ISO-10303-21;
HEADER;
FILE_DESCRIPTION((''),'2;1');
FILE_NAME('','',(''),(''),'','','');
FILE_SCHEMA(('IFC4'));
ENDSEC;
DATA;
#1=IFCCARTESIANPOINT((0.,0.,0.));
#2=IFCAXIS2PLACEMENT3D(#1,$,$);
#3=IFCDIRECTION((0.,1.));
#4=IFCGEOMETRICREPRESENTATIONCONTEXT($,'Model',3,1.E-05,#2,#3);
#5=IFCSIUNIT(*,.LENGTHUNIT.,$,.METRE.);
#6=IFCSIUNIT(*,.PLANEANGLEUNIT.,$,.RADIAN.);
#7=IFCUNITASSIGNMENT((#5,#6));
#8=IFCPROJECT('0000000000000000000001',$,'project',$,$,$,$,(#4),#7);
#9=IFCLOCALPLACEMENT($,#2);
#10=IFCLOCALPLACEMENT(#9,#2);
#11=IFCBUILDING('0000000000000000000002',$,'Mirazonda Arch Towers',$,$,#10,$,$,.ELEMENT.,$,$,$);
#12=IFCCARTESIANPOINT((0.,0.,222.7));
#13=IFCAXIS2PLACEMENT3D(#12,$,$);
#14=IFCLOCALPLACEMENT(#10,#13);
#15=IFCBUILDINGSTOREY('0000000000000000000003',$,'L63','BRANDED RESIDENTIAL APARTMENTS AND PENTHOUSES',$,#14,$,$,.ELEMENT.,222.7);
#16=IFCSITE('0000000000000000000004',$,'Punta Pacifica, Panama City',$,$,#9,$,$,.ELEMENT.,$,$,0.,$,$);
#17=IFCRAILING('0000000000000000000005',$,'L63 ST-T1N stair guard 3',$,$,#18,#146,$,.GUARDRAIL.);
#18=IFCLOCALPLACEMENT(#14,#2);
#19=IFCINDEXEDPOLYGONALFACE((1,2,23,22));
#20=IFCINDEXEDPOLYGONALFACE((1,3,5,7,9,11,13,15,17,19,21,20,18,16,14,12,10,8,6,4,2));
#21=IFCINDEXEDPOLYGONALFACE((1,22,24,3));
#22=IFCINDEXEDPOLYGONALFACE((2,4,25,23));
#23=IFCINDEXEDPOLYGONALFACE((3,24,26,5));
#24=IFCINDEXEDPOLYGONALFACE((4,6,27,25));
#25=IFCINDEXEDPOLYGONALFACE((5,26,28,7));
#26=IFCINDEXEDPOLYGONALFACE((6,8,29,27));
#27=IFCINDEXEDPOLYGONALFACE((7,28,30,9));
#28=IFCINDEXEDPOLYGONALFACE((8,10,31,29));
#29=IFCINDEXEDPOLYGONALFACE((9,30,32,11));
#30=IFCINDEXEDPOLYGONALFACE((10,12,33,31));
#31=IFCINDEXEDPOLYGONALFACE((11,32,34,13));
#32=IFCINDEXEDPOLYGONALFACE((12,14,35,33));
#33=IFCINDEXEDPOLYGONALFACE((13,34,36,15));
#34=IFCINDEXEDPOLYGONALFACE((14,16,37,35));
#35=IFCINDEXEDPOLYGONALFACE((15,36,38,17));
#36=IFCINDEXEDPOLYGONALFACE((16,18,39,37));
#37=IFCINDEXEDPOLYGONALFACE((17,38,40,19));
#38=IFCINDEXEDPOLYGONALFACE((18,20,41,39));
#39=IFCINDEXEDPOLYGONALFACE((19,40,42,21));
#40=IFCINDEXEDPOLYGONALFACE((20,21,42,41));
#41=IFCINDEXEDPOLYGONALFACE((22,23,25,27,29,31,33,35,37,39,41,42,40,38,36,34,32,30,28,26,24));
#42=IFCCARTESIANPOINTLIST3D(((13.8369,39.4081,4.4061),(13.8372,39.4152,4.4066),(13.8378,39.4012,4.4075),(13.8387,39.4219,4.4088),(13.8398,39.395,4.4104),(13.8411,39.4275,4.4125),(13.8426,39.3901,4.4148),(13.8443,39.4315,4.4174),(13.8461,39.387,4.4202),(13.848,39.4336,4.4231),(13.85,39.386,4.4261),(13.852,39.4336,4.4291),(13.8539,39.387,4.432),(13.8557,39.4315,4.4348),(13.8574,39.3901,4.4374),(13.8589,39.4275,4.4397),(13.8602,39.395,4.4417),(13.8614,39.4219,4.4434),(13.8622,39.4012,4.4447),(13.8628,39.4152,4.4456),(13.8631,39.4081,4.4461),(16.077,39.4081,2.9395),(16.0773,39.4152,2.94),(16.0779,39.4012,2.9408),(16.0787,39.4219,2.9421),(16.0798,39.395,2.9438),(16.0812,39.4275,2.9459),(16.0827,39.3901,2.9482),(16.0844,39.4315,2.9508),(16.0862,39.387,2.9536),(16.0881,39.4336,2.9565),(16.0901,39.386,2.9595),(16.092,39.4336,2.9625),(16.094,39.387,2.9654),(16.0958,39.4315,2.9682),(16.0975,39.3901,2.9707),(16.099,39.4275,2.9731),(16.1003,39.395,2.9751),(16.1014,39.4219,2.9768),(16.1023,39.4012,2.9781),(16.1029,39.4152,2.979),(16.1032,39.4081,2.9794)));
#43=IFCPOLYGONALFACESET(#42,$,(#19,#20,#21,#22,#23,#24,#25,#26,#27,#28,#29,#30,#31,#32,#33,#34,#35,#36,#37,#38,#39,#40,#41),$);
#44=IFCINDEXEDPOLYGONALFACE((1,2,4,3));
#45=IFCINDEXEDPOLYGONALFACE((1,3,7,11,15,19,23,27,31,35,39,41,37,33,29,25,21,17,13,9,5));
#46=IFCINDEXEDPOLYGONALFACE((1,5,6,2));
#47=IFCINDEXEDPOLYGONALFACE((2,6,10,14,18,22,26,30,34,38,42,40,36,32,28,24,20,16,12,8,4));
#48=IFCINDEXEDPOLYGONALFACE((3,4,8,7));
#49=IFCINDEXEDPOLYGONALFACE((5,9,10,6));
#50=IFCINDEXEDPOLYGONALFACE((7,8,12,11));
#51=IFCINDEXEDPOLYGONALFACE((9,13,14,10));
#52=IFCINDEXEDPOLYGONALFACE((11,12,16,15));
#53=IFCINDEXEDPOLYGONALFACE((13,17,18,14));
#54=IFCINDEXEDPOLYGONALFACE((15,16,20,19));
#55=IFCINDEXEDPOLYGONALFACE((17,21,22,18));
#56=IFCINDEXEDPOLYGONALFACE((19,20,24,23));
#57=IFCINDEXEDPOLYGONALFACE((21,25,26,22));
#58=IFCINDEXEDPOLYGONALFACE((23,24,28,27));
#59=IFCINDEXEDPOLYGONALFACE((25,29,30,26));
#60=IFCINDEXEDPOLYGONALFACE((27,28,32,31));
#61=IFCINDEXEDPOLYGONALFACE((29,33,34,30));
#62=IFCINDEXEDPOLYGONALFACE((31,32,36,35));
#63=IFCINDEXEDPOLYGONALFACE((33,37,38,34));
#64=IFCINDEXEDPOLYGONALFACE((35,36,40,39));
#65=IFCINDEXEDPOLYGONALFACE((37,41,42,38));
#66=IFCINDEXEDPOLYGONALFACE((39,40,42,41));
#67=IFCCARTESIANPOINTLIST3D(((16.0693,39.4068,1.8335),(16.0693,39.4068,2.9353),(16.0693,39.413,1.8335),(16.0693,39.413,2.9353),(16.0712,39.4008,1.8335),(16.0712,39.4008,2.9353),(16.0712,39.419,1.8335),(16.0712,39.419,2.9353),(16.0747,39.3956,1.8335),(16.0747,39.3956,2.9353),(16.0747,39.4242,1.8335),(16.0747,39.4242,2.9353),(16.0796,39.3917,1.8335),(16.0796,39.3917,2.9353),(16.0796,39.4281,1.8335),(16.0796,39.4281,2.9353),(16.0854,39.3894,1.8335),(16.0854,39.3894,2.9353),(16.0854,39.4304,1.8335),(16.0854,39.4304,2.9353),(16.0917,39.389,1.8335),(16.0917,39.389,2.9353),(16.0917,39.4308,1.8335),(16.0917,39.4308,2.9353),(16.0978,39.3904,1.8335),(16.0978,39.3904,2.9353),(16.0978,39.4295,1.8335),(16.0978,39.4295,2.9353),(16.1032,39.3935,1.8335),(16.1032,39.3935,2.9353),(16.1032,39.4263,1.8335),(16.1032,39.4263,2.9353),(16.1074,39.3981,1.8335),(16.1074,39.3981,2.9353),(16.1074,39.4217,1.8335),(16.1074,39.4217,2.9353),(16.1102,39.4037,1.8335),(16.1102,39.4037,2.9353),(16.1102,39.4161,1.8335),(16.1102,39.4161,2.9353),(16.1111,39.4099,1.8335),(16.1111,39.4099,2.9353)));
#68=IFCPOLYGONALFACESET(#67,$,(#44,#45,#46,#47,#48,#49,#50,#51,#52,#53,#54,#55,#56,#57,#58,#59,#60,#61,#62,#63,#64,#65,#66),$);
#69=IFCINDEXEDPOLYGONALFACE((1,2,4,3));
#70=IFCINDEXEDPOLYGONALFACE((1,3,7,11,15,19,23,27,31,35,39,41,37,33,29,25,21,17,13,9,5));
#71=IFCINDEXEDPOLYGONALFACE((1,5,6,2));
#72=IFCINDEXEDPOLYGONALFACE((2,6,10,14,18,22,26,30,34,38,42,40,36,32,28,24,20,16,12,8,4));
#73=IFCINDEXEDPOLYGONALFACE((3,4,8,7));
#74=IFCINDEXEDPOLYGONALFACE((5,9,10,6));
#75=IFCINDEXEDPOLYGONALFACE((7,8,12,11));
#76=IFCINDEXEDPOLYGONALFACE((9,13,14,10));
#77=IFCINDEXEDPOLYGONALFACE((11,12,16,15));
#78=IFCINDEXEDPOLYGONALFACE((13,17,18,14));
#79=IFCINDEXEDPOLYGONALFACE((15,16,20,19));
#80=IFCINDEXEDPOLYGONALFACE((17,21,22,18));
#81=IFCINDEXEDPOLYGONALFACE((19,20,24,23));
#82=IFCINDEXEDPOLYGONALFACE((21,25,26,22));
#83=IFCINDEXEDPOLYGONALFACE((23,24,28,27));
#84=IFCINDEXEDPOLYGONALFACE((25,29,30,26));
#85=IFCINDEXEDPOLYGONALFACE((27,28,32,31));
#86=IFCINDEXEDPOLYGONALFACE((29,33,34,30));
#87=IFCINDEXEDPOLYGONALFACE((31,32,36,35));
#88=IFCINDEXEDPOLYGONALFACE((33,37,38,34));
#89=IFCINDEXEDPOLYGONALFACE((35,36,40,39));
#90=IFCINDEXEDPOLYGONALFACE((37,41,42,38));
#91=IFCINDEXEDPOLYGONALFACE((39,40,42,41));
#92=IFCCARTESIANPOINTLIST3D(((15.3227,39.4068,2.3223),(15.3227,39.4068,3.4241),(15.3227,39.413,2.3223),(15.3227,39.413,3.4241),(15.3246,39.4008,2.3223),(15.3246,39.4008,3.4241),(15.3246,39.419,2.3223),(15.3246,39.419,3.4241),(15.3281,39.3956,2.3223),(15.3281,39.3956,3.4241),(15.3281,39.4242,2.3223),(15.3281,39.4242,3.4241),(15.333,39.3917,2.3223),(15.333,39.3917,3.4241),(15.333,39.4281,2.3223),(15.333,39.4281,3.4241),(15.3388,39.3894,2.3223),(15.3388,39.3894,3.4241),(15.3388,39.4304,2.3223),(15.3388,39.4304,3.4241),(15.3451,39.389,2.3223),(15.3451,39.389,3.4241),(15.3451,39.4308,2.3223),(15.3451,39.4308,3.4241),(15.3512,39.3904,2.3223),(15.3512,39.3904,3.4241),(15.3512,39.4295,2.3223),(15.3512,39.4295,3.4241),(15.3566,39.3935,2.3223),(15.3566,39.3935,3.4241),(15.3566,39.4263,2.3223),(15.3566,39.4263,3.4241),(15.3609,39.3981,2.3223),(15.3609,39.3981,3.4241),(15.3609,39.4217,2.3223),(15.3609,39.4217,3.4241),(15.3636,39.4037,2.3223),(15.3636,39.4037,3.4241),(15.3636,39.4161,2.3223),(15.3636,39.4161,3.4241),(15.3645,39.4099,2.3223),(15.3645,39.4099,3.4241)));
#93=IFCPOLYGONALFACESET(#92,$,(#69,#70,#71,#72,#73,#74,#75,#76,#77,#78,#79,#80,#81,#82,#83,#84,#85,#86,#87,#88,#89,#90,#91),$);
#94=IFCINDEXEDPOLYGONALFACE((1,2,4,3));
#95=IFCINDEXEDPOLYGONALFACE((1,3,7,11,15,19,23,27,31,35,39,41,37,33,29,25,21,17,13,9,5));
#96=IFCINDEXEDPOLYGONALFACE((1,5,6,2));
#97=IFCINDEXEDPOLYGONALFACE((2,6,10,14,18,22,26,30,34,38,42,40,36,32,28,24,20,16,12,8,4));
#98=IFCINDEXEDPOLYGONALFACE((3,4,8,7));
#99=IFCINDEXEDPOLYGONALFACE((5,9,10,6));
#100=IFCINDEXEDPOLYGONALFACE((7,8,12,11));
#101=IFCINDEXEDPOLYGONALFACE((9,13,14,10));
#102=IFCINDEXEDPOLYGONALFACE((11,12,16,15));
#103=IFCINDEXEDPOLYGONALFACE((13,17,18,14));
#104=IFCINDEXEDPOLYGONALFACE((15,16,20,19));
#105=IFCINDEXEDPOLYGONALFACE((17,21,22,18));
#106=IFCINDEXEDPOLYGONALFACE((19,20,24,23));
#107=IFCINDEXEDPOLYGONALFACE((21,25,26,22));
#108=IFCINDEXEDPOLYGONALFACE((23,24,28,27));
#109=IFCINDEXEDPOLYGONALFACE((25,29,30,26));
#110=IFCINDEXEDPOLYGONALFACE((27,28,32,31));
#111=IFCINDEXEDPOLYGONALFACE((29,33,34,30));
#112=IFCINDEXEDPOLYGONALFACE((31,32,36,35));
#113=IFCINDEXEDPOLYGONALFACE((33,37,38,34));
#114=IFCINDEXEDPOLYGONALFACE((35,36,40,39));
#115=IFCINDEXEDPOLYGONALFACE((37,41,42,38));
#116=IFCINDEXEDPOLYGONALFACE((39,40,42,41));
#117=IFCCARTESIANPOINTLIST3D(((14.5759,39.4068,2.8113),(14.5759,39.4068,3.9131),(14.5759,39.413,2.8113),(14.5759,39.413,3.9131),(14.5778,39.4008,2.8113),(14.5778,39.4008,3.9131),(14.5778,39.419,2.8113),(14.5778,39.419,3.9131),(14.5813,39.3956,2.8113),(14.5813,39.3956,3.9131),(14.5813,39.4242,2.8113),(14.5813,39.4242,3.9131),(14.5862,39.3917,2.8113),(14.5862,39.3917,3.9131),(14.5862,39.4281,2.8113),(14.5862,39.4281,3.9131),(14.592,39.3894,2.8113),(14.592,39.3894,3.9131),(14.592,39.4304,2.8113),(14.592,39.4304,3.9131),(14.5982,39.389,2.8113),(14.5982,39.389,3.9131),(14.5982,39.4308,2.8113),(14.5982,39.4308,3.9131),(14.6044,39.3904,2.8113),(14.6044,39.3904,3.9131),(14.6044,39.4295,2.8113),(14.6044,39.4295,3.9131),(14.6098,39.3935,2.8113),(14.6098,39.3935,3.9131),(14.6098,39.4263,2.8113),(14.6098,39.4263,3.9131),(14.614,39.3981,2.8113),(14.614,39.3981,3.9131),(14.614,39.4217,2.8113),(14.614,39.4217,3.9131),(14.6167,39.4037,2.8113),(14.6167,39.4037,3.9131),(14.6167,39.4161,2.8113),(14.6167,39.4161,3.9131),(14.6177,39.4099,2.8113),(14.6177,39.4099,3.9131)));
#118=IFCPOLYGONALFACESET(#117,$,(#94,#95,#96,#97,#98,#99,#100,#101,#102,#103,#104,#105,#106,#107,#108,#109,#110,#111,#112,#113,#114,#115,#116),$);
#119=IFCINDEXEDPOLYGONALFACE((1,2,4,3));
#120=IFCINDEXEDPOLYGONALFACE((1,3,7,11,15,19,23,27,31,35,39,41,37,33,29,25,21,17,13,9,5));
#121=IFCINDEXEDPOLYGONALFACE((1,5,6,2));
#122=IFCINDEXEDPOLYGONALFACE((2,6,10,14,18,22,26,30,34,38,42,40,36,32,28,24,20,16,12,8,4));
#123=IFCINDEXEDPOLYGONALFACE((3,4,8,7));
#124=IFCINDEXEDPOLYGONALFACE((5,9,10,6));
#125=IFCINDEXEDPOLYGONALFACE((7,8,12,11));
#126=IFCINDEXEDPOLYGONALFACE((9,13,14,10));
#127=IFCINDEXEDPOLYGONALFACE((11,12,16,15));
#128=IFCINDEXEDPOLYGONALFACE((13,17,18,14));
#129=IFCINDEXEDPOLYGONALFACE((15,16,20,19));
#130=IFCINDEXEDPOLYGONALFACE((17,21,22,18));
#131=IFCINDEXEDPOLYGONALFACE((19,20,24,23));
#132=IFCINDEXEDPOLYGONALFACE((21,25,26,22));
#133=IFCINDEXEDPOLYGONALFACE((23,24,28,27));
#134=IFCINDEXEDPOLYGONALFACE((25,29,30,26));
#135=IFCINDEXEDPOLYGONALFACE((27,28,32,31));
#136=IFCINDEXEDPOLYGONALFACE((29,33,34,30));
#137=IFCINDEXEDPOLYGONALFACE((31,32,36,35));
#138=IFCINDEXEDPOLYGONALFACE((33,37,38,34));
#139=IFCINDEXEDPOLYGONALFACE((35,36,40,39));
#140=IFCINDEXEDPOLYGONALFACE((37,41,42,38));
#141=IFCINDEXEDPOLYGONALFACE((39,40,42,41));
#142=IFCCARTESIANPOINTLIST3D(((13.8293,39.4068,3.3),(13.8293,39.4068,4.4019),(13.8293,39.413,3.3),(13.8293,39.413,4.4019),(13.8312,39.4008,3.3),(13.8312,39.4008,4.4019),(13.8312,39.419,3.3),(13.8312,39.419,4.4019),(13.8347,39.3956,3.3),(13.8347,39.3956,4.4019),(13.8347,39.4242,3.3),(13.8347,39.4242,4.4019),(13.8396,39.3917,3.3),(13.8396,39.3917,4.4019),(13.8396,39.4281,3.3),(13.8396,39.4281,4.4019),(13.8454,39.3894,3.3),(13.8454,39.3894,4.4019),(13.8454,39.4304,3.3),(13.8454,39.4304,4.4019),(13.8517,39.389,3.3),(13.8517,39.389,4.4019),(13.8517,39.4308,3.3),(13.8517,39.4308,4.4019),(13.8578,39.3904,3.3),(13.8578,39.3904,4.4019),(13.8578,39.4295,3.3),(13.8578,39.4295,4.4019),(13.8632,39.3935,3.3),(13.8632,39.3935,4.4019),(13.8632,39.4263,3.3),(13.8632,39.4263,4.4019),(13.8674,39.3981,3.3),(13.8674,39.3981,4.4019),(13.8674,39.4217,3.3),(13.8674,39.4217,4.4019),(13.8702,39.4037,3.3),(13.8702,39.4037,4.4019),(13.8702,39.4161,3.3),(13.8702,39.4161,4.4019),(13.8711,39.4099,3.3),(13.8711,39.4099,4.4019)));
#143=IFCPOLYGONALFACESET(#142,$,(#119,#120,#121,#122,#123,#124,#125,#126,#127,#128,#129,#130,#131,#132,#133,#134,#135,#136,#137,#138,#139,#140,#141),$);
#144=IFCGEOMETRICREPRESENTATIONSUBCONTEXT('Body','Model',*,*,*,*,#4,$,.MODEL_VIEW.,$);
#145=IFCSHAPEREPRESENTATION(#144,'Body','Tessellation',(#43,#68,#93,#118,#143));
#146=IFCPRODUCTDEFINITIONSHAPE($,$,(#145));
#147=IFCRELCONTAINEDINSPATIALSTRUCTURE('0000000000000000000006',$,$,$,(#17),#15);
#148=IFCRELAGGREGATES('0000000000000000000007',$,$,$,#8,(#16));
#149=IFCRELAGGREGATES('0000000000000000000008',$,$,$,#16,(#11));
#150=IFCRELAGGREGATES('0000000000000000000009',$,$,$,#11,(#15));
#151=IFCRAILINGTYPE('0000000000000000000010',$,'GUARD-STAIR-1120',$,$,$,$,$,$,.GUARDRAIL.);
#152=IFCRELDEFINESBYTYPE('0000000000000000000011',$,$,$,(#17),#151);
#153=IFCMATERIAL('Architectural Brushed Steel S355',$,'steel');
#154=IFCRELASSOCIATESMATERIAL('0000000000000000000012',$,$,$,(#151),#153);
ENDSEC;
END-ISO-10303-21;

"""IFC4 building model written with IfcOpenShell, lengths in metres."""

from ifc_helpers import new_model, si_unit, direction, frame, origin, origin_2d, place, context, subcontext, project, spatial, circle, extrude, material, type_object, element, save


model = new_model("IFC4")

# Units and contexts
model_context = context("Model", 3, precision=1e-05, world=origin(), true_north=direction((0.0, 1.0)))
body_context = subcontext(model_context, "Body", "Model", "MODEL_VIEW")
ifc_project = project(units=[si_unit("LENGTHUNIT", "METRE"), si_unit("PLANEANGLEUNIT", "RADIAN")], contexts=[model_context])

# Site, building, storey
site_placement = place(None, origin())
site = spatial("IfcSite", under=ifc_project, at=site_placement, Name="Punta Pacifica, Panama City", CompositionType="ELEMENT", RefElevation=0.0)
building_placement = place(site_placement, origin())
building = spatial("IfcBuilding", under=site, at=building_placement, Name="Mirazonda Arch Towers", CompositionType="ELEMENT")
storey_placement = place(building_placement, frame((0.0, 0.0, 222.7)))
storey = spatial("IfcBuildingStorey", under=building, at=storey_placement, Name="L63", Description="BRANDED RESIDENTIAL APARTMENTS AND PENTHOUSES", CompositionType="ELEMENT", Elevation=222.7)

# Shared definitions
ifc_material_1 = material(Name="Architectural Brushed Steel S355", Category="steel")

# Railing
railing_type_1 = type_object("IfcRailingType", Name="GUARD-STAIR-1120", PredefinedType="GUARDRAIL", material=ifc_material_1)
railing_1_placement = place(storey_placement, frame((16.0901, 39.4099, 1.8335)))
element("IfcRailing", 1, at=railing_1_placement, inside=storey, type_object=railing_type_1, Name="L63 ST-T1N stair guard 3", PredefinedType="GUARDRAIL", context=body_context, shape_type="SweptSolid", body=[
    extrude(circle(Radius=0.0239, at=origin_2d()), frame((0.0, 0.0, 1.126), z_axis=(-0.836637, 0.0, 0.547758), x_axis=(0.0, -1.0, 0.0)), (0.0, 0.0, 1.0), 2.6775),
    extrude(circle(Radius=0.021, at=origin_2d()), origin(), (0.0, 0.0, 1.0), 1.1018),
    extrude(circle(Radius=0.021, at=origin_2d()), frame((-0.7466, 0.0, 0.4888)), (0.0, 0.0, 1.0), 1.1018),
    extrude(circle(Radius=0.021, at=origin_2d()), frame((-1.4934, 0.0, 0.9778)), (0.0, 0.0, 1.0), 1.1018),
    extrude(circle(Radius=0.021, at=origin_2d()), frame((-2.24, 0.0, 1.4666)), (0.0, 0.0, 1.0), 1.1018),
])

save(model, "model.ifc")
